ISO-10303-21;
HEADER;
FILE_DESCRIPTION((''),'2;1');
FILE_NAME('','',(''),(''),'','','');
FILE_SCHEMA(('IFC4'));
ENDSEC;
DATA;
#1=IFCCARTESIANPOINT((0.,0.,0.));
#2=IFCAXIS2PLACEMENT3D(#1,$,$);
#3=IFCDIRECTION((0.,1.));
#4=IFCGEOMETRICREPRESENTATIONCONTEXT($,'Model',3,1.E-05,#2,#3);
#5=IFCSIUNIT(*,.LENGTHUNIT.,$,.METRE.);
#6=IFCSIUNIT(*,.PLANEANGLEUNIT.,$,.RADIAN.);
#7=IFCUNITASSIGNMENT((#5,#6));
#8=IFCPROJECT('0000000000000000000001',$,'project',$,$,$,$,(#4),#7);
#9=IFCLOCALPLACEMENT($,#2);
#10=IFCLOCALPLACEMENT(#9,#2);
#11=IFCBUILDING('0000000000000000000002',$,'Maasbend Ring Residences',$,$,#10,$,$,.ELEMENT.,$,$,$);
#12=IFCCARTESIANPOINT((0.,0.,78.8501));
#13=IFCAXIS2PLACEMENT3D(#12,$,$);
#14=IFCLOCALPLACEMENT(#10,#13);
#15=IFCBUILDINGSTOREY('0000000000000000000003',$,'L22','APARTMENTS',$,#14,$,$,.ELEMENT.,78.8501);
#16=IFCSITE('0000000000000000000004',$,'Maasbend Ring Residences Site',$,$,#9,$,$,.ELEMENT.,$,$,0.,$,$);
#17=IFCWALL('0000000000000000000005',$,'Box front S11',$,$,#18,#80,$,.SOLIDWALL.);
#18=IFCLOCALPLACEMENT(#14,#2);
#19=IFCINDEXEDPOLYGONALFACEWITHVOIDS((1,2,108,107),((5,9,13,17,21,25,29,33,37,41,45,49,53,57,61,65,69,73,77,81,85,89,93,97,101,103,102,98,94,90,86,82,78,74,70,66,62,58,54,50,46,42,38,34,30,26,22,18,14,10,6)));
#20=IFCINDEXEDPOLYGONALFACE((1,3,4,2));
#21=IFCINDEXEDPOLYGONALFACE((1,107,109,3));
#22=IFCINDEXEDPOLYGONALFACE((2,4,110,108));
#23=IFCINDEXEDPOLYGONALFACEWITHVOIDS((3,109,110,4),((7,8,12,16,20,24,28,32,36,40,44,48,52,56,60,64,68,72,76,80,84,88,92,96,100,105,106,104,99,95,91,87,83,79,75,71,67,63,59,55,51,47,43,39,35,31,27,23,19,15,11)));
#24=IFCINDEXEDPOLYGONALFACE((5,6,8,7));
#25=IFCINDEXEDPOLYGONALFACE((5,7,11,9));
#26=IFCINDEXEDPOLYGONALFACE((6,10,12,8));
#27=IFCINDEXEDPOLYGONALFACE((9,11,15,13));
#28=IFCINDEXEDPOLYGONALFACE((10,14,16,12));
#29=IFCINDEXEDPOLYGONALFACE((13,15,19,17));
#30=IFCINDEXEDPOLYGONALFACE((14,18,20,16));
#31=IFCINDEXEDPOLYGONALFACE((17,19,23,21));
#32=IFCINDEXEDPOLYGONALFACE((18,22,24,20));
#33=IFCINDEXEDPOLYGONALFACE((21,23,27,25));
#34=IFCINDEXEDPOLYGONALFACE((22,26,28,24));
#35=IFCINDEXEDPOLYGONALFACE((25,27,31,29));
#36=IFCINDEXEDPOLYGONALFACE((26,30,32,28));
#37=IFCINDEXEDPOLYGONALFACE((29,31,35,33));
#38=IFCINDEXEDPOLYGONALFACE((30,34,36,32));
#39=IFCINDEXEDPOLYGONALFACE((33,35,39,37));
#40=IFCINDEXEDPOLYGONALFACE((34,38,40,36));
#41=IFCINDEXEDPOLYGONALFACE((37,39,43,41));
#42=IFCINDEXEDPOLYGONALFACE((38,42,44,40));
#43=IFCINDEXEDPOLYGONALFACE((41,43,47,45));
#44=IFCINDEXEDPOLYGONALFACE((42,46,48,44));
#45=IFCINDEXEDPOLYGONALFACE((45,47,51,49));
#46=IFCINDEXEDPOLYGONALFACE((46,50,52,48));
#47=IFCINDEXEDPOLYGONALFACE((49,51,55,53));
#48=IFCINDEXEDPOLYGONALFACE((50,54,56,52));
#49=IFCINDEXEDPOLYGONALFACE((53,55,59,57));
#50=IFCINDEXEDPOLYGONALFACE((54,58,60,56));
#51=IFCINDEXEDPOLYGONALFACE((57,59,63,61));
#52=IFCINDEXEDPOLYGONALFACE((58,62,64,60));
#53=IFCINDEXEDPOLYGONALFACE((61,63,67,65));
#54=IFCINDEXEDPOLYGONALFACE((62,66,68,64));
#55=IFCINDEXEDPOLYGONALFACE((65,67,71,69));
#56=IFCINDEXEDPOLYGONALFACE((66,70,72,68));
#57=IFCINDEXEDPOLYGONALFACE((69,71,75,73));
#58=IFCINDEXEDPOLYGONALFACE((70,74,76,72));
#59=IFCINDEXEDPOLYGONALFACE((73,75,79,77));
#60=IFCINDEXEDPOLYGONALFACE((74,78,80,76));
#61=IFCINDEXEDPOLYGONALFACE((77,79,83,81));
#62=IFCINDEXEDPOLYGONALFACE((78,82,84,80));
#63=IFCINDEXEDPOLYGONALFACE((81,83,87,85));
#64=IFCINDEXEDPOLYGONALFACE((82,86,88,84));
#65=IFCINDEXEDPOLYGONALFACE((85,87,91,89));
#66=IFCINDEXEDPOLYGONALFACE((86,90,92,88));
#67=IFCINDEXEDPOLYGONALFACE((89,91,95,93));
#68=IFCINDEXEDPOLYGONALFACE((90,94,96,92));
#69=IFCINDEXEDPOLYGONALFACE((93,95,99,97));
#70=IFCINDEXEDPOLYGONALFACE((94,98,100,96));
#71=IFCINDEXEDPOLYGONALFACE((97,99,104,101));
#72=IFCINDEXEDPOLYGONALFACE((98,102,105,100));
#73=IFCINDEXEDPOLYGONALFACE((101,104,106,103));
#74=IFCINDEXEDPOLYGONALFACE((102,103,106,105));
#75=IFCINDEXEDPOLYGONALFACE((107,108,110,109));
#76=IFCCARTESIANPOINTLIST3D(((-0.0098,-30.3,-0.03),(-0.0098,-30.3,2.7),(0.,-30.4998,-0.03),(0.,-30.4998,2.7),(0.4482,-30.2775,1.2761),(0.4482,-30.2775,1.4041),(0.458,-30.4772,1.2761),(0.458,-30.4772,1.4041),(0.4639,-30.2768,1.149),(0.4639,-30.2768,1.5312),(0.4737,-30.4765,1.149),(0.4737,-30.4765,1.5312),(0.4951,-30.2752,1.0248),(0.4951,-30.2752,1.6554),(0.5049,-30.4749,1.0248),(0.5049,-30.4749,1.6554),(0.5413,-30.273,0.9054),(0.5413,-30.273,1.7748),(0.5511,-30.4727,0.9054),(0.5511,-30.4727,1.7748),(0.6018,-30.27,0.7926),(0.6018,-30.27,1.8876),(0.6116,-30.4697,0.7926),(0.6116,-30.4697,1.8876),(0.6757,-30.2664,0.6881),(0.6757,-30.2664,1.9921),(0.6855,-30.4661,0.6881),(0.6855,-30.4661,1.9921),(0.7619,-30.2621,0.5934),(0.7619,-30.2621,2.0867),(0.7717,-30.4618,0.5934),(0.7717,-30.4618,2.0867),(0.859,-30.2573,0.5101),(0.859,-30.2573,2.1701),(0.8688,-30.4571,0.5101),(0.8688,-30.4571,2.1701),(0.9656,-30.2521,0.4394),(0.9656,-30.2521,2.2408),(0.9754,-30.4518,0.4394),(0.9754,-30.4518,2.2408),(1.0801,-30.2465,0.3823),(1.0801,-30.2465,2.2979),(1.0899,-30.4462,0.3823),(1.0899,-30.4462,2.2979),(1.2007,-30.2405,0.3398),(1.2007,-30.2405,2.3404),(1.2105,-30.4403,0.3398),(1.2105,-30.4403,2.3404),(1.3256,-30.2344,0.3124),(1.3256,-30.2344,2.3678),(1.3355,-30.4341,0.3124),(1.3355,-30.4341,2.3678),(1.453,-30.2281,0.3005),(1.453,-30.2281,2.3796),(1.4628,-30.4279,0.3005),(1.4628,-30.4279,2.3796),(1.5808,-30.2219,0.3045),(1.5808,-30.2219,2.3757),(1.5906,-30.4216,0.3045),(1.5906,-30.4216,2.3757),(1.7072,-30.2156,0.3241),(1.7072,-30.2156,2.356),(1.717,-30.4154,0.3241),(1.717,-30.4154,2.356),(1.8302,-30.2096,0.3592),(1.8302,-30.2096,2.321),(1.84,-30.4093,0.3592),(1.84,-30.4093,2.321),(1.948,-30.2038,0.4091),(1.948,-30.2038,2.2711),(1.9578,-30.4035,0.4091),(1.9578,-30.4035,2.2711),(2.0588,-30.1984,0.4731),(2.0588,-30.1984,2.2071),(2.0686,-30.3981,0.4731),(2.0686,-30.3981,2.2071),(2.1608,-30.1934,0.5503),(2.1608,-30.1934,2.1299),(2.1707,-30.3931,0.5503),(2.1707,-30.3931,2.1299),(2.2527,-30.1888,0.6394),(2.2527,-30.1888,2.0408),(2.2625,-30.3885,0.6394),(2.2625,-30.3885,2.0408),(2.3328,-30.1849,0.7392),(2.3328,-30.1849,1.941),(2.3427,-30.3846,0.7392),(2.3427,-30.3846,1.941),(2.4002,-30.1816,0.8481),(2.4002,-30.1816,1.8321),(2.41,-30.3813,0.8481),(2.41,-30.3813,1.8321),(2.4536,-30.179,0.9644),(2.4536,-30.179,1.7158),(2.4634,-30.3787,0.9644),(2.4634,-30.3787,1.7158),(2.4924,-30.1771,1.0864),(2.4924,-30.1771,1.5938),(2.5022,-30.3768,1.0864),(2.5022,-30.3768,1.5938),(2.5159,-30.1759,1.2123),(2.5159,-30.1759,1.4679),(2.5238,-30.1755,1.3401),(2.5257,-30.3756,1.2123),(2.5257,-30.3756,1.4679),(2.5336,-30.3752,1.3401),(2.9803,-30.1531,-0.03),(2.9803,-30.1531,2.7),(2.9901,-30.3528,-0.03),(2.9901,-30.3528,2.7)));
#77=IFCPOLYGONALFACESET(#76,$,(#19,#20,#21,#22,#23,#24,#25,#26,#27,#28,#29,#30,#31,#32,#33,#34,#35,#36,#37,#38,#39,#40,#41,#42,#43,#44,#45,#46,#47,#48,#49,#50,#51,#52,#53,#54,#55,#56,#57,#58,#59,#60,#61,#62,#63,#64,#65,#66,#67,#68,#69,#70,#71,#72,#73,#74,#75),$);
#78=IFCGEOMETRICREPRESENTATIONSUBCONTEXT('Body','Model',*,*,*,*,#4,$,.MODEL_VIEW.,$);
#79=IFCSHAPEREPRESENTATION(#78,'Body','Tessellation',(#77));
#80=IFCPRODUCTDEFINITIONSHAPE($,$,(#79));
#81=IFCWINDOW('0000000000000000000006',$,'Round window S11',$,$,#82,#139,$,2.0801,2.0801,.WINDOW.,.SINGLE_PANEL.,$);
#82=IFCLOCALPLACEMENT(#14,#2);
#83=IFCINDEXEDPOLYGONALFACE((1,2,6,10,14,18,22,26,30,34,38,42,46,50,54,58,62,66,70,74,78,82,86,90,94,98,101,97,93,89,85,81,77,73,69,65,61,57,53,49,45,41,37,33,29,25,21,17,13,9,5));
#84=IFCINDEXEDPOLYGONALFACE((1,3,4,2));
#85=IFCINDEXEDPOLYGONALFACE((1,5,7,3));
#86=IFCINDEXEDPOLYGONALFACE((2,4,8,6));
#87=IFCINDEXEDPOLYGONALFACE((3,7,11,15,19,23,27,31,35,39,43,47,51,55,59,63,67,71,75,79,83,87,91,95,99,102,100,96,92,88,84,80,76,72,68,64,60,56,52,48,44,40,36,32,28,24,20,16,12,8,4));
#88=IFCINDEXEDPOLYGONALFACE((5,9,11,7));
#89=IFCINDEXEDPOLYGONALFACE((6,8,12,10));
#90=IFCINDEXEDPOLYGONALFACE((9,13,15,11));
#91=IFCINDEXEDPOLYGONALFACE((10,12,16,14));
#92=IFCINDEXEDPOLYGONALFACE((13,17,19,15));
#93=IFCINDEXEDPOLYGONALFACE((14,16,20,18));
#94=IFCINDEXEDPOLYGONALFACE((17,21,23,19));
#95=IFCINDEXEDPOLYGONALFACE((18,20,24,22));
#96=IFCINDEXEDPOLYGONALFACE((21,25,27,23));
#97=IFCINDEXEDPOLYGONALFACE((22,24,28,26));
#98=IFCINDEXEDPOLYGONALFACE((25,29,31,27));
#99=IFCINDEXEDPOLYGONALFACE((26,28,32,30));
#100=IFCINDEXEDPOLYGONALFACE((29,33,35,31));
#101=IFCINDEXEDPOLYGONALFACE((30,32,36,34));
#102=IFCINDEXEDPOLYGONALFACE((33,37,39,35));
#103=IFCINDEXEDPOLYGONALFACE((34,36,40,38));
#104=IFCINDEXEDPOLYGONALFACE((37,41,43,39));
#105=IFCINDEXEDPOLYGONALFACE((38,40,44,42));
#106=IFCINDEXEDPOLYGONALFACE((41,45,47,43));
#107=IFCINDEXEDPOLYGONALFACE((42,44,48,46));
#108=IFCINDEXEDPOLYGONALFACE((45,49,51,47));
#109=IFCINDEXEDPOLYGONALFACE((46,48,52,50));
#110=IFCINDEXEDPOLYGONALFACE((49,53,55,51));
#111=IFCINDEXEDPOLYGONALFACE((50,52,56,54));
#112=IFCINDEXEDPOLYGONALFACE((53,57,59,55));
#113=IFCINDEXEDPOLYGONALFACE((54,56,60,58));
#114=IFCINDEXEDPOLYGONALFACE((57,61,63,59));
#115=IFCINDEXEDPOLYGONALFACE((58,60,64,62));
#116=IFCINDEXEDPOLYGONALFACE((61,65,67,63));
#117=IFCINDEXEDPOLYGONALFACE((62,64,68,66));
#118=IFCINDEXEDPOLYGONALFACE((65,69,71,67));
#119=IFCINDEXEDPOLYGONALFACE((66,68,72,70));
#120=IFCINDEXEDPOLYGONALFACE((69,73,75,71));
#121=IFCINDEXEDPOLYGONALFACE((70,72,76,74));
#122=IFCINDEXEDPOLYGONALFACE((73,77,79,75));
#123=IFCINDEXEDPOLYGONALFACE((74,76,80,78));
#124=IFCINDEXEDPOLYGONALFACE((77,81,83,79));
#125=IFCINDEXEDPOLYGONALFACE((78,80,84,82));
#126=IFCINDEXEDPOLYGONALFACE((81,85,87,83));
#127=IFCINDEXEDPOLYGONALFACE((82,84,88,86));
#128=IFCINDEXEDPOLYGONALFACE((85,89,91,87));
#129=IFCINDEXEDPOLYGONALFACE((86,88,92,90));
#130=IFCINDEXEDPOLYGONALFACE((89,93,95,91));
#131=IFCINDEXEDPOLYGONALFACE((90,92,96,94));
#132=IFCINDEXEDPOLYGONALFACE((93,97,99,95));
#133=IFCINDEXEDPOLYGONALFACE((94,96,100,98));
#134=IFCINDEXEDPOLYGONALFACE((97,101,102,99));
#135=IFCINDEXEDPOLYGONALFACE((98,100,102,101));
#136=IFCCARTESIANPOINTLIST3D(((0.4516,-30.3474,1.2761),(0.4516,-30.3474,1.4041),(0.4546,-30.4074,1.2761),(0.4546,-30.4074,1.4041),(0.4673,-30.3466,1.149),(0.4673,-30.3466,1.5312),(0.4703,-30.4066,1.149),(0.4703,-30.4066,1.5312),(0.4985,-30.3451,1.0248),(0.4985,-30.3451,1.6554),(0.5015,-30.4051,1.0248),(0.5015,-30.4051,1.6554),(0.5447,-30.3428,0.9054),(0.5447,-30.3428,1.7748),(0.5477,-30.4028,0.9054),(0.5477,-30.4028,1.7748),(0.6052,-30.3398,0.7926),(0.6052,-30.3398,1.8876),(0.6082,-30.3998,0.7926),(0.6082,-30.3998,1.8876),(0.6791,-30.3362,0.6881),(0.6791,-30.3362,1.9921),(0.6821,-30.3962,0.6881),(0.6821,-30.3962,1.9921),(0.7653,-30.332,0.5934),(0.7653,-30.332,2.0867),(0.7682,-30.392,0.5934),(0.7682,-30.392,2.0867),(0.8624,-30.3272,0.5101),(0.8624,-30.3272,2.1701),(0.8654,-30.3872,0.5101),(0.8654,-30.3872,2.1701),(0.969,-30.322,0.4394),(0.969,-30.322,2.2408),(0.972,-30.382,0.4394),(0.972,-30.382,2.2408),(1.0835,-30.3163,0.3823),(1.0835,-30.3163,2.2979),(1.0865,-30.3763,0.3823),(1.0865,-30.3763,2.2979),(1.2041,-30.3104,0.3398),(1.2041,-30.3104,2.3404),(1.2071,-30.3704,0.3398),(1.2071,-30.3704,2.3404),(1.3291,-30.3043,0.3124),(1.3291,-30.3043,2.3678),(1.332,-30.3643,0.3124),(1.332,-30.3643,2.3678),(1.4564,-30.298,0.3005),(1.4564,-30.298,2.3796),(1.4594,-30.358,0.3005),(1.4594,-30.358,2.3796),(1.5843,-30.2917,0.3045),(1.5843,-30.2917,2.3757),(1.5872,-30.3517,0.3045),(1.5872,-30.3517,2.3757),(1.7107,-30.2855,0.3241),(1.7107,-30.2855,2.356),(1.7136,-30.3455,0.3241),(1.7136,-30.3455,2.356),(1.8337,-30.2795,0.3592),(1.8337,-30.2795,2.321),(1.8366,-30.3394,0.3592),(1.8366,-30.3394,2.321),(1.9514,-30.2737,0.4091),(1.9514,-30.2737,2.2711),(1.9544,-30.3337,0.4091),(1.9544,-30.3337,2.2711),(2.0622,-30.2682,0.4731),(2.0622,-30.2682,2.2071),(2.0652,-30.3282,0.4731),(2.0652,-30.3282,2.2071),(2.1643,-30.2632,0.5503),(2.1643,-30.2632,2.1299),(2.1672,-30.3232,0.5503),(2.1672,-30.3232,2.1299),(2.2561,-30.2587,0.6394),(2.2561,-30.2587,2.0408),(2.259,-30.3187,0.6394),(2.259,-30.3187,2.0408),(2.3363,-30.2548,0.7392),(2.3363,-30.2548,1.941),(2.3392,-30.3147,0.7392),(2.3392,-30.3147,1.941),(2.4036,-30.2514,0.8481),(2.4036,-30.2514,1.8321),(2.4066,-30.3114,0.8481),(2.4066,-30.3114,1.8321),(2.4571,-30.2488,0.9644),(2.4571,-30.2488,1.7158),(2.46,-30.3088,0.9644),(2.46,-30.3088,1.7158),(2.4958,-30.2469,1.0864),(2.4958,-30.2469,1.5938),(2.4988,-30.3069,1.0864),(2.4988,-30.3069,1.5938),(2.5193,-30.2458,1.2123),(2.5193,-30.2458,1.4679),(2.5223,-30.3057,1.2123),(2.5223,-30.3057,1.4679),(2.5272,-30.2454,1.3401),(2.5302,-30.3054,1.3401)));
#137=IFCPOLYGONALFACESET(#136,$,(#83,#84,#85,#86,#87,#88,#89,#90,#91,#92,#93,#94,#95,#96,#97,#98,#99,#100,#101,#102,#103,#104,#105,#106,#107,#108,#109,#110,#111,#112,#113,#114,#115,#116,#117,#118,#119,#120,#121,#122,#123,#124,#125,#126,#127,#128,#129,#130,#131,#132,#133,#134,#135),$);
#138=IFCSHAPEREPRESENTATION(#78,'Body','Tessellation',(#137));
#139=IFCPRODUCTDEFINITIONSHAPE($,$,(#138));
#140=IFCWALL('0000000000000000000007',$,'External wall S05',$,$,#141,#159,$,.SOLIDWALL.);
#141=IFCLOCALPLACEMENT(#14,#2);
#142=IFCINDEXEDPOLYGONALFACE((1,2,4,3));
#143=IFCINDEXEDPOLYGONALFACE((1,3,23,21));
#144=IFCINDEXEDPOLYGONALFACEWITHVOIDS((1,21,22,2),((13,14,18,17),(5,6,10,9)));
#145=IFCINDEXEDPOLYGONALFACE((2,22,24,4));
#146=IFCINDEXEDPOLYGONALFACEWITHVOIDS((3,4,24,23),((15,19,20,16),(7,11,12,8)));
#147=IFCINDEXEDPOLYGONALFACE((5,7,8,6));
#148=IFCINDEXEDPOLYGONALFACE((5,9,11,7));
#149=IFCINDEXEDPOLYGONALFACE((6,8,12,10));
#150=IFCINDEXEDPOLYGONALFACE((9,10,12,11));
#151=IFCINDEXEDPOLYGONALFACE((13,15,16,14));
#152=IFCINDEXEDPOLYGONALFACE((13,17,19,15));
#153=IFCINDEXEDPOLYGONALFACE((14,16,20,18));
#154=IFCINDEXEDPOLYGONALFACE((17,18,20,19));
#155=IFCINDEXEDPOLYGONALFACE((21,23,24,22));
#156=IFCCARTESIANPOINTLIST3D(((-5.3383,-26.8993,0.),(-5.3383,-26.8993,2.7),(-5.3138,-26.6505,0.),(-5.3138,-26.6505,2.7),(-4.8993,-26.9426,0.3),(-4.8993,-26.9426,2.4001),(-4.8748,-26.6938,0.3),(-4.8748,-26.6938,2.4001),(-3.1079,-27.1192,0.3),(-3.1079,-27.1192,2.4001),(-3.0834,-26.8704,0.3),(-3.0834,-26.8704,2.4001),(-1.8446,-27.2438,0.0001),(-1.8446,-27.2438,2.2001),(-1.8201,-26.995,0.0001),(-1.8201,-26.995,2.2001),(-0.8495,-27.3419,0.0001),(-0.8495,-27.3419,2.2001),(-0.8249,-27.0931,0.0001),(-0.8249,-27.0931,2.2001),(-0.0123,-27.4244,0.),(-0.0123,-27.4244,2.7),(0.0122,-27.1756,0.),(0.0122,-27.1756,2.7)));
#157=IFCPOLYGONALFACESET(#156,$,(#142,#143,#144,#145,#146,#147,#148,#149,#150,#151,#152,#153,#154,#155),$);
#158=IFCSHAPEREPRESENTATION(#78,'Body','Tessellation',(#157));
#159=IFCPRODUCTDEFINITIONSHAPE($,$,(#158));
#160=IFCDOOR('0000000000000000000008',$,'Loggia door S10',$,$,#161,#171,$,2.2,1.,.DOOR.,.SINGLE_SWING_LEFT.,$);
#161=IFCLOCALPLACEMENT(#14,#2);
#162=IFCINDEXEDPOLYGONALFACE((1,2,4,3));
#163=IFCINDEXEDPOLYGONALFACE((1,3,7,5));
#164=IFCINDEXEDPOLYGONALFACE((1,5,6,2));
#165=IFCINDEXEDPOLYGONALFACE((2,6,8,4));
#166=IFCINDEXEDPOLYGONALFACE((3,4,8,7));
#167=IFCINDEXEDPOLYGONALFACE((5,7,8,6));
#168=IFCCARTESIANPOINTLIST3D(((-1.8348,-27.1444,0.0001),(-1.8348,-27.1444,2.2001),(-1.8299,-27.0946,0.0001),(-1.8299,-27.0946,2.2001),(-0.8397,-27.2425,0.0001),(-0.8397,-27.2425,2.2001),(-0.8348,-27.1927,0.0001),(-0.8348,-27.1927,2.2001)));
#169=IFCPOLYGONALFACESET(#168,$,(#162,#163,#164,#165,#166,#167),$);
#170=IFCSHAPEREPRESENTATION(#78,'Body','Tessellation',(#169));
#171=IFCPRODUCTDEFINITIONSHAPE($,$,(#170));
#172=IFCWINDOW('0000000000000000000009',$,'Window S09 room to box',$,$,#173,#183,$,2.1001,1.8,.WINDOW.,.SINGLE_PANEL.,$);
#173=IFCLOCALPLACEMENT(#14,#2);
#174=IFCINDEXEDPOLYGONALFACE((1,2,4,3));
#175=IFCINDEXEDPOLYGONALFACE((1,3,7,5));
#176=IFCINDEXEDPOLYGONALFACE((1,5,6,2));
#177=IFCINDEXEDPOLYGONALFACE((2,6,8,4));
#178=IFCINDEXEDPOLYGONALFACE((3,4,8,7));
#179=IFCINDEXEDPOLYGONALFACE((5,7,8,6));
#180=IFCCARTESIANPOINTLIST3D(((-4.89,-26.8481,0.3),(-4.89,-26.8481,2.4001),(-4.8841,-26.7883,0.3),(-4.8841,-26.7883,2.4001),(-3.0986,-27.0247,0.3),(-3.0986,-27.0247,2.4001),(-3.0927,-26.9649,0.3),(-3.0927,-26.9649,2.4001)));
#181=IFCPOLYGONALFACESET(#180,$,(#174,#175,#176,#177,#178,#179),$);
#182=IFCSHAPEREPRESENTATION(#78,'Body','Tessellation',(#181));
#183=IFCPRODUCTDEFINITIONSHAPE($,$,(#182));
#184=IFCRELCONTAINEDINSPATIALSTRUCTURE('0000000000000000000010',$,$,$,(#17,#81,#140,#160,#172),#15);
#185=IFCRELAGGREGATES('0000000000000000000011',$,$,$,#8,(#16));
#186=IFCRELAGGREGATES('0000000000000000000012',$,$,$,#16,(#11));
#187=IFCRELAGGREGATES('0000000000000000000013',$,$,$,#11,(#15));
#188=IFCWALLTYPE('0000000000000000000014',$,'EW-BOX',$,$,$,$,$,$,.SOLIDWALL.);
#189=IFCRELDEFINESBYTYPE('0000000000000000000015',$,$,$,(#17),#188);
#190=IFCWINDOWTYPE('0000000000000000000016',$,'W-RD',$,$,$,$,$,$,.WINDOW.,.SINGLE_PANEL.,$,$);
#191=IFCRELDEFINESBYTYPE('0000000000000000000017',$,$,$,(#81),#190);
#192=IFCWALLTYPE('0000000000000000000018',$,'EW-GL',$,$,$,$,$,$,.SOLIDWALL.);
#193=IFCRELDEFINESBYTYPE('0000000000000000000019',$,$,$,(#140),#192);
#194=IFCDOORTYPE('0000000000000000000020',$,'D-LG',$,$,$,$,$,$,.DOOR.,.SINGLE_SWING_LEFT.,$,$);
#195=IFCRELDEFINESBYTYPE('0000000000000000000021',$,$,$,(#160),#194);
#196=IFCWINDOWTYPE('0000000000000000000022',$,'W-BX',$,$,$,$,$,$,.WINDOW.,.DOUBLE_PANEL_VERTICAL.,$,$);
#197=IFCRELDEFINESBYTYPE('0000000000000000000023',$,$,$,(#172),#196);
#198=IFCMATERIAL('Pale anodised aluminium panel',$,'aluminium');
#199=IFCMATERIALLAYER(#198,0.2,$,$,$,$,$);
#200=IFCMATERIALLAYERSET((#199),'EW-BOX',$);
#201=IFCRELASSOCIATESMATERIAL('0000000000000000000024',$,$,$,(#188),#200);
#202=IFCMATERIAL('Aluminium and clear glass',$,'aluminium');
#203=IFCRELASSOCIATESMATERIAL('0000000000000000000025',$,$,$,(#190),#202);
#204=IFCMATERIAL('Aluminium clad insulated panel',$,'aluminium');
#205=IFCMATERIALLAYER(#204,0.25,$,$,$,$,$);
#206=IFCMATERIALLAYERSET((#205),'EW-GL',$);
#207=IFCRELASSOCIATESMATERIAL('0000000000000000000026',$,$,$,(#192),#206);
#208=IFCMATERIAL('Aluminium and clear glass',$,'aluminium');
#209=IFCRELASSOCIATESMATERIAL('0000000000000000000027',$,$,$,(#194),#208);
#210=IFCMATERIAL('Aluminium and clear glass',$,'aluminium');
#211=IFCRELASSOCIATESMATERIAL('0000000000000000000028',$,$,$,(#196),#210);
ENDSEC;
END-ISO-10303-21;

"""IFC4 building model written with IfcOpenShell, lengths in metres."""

from ifc_helpers import new_model, si_unit, direction, frame, frame_2d, origin, place, context, subcontext, project, spatial, rectangle, circle, extrude, material, layer, layer_set, type_object, element, fill, save


model = new_model("IFC4")

# Units and contexts
model_context = context("Model", 3, precision=1e-05, world=origin(), true_north=direction((0.0, 1.0)))
body_context = subcontext(model_context, "Body", "Model", "MODEL_VIEW")
ifc_project = project(units=[si_unit("LENGTHUNIT", "METRE"), si_unit("PLANEANGLEUNIT", "RADIAN")], contexts=[model_context])

# Site, building, storey
site_placement = place(None, origin())
site = spatial("IfcSite", under=ifc_project, at=site_placement, Name="Maasbend Ring Residences Site", CompositionType="ELEMENT", RefElevation=0.0)
building_placement = place(site_placement, origin())
building = spatial("IfcBuilding", under=site, at=building_placement, Name="Maasbend Ring Residences", CompositionType="ELEMENT")
storey_placement = place(building_placement, frame((0.0, 0.0, 78.8501)))
storey = spatial("IfcBuildingStorey", under=building, at=storey_placement, Name="L22", Description="APARTMENTS", CompositionType="ELEMENT", Elevation=78.8501)

# Shared definitions
ifc_material_1 = material(Name="Pale anodised aluminium panel", Category="aluminium")
ifc_layer_1 = layer(ifc_material_1, 0.2)
ifc_layer_set_1 = layer_set([ifc_layer_1], Name="EW-BOX")
wall_type_1 = type_object("IfcWallType", Name="EW-BOX", PredefinedType="SOLIDWALL", material=ifc_layer_set_1)

# Shared definitions
ifc_material_2 = material(Name="Aluminium and clear glass", Category="aluminium")
window_type_1 = type_object("IfcWindowType", Name="W-RD", PartitioningType="SINGLE_PANEL", PredefinedType="WINDOW", material=ifc_material_2)

# Wall, opening, window
wall_1_placement = place(storey_placement, frame((-0.0049, -30.3999, -0.03), z_axis=(0.0, 0.0, 1.0), x_axis=(0.998794, 0.049096, 0.0)))
wall_1 = element("IfcWall", 1, at=wall_1_placement, inside=storey, type_object=wall_type_1, Name="Box front S11", PredefinedType="SOLIDWALL", context=body_context, shape_type="SweptSolid", body=[
    extrude(rectangle(XDim=2.9937, YDim=0.2, at=frame_2d((1.4968, 0.0))), origin(), (0.0, 0.0, 1.0), 2.73),
])
opening_1_placement = place(wall_1_placement, frame((0.4565, 0.0, 0.3301)))
opening_1 = element("IfcOpeningElement", 2, at=opening_1_placement, cuts=wall_1, PredefinedType="OPENING", context=body_context, shape_type="SweptSolid", body=[
    extrude(circle(Radius=1.04, at=frame_2d((1.04, 1.04))), frame((0.0, 0.1099, 0.0), z_axis=(0.0, -1.0, 0.0), x_axis=(1.0, 0.0, 0.0)), (0.0, 0.0, 1.0), 0.22),
])
window_1_placement = place(opening_1_placement, origin())
window_1 = element("IfcWindow", 3, at=window_1_placement, inside=storey, type_object=window_type_1, Name="Round window S11", OverallHeight=2.0801, OverallWidth=2.0801, PartitioningType="SINGLE_PANEL", PredefinedType="WINDOW", context=body_context, shape_type="SweptSolid", body=[
    extrude(circle(Radius=1.04, at=frame_2d((1.04, 1.04))), frame((0.0, 0.03, 0.0), z_axis=(0.0, -1.0, 0.0), x_axis=(1.0, 0.0, 0.0)), (0.0, 0.0, 1.0), 0.0601),
])
fill(opening_1, window_1)

# Wall, openings, door, window
ifc_material_3 = material(Name="Aluminium clad insulated panel", Category="aluminium")
ifc_layer_2 = layer(ifc_material_3, 0.25)
ifc_layer_set_2 = layer_set([ifc_layer_2], Name="EW-GL")
wall_type_2 = type_object("IfcWallType", Name="EW-GL", PredefinedType="SOLIDWALL", material=ifc_layer_set_2)
wall_2_placement = place(storey_placement, frame((-5.3259, -26.7749, 0.0), z_axis=(0.0, 0.0, 1.0), x_axis=(0.995174, -0.098126, 0.0)))
wall_2 = element("IfcWall", 4, at=wall_2_placement, inside=storey, type_object=wall_type_2, Name="External wall S05", PredefinedType="SOLIDWALL", context=body_context, shape_type="SweptSolid", body=[
    extrude(rectangle(XDim=5.3518, YDim=0.25, at=frame_2d((2.6758, 0.0))), origin(), (0.0, 0.0, 1.0), 2.7),
])
opening_2_placement = place(wall_2_placement, frame((0.4412, 0.0, 0.3)))
opening_2 = element("IfcOpeningElement", 5, at=opening_2_placement, cuts=wall_2, PredefinedType="OPENING", context=body_context, shape_type="SweptSolid", body=[
    extrude(rectangle(XDim=1.8, YDim=2.1001, at=frame_2d((0.8999, 1.05))), frame((0.0, 0.135, 0.0), z_axis=(0.0, -1.0, 0.0), x_axis=(1.0, 0.0, 0.0)), (0.0, 0.0, 1.0), 0.27),
])
opening_3_placement = place(wall_2_placement, frame((3.5105, 0.0, 0.0)))
opening_3 = element("IfcOpeningElement", 6, at=opening_3_placement, cuts=wall_2, PredefinedType="OPENING", context=body_context, shape_type="SweptSolid", body=[
    extrude(rectangle(XDim=1.0, YDim=2.2, at=frame_2d((0.5, 1.1001))), frame((0.0, 0.135, 0.0), z_axis=(0.0, -1.0, 0.0), x_axis=(1.0, 0.0, 0.0)), (0.0, 0.0, 1.0), 0.27),
])
ifc_material_4 = material(Name="Aluminium and clear glass", Category="aluminium")
door_type_1 = type_object("IfcDoorType", Name="D-LG", OperationType="SINGLE_SWING_LEFT", PredefinedType="DOOR", material=ifc_material_4)
door_1_placement = place(opening_3_placement, origin())
door_1 = element("IfcDoor", 7, at=door_1_placement, inside=storey, type_object=door_type_1, Name="Loggia door S10", OperationType="SINGLE_SWING_LEFT", OverallHeight=2.2, OverallWidth=1.0, PredefinedType="DOOR", context=body_context, shape_type="SweptSolid", body=[
    extrude(rectangle(XDim=1.0, YDim=2.2, at=frame_2d((0.5, 1.1001))), frame((0.0, 0.0249, 0.0), z_axis=(0.0, -1.0, 0.0), x_axis=(1.0, 0.0, 0.0)), (0.0, 0.0, 1.0), 0.05),
])
fill(opening_3, door_1)
ifc_material_5 = material(Name="Aluminium and clear glass", Category="aluminium")
window_type_2 = type_object("IfcWindowType", Name="W-BX", PartitioningType="DOUBLE_PANEL_VERTICAL", PredefinedType="WINDOW", material=ifc_material_5)
window_2_placement = place(opening_2_placement, origin())
window_2 = element("IfcWindow", 8, at=window_2_placement, inside=storey, type_object=window_type_2, Name="Window S09 room to box", OverallHeight=2.1001, OverallWidth=1.8, PartitioningType="SINGLE_PANEL", PredefinedType="WINDOW", context=body_context, shape_type="SweptSolid", body=[
    extrude(rectangle(XDim=1.8, YDim=2.1001, at=frame_2d((0.8999, 1.05))), frame((0.0, 0.03, 0.0), z_axis=(0.0, -1.0, 0.0), x_axis=(1.0, 0.0, 0.0)), (0.0, 0.0, 1.0), 0.0601),
])
fill(opening_2, window_2)

save(model, "model.ifc")
